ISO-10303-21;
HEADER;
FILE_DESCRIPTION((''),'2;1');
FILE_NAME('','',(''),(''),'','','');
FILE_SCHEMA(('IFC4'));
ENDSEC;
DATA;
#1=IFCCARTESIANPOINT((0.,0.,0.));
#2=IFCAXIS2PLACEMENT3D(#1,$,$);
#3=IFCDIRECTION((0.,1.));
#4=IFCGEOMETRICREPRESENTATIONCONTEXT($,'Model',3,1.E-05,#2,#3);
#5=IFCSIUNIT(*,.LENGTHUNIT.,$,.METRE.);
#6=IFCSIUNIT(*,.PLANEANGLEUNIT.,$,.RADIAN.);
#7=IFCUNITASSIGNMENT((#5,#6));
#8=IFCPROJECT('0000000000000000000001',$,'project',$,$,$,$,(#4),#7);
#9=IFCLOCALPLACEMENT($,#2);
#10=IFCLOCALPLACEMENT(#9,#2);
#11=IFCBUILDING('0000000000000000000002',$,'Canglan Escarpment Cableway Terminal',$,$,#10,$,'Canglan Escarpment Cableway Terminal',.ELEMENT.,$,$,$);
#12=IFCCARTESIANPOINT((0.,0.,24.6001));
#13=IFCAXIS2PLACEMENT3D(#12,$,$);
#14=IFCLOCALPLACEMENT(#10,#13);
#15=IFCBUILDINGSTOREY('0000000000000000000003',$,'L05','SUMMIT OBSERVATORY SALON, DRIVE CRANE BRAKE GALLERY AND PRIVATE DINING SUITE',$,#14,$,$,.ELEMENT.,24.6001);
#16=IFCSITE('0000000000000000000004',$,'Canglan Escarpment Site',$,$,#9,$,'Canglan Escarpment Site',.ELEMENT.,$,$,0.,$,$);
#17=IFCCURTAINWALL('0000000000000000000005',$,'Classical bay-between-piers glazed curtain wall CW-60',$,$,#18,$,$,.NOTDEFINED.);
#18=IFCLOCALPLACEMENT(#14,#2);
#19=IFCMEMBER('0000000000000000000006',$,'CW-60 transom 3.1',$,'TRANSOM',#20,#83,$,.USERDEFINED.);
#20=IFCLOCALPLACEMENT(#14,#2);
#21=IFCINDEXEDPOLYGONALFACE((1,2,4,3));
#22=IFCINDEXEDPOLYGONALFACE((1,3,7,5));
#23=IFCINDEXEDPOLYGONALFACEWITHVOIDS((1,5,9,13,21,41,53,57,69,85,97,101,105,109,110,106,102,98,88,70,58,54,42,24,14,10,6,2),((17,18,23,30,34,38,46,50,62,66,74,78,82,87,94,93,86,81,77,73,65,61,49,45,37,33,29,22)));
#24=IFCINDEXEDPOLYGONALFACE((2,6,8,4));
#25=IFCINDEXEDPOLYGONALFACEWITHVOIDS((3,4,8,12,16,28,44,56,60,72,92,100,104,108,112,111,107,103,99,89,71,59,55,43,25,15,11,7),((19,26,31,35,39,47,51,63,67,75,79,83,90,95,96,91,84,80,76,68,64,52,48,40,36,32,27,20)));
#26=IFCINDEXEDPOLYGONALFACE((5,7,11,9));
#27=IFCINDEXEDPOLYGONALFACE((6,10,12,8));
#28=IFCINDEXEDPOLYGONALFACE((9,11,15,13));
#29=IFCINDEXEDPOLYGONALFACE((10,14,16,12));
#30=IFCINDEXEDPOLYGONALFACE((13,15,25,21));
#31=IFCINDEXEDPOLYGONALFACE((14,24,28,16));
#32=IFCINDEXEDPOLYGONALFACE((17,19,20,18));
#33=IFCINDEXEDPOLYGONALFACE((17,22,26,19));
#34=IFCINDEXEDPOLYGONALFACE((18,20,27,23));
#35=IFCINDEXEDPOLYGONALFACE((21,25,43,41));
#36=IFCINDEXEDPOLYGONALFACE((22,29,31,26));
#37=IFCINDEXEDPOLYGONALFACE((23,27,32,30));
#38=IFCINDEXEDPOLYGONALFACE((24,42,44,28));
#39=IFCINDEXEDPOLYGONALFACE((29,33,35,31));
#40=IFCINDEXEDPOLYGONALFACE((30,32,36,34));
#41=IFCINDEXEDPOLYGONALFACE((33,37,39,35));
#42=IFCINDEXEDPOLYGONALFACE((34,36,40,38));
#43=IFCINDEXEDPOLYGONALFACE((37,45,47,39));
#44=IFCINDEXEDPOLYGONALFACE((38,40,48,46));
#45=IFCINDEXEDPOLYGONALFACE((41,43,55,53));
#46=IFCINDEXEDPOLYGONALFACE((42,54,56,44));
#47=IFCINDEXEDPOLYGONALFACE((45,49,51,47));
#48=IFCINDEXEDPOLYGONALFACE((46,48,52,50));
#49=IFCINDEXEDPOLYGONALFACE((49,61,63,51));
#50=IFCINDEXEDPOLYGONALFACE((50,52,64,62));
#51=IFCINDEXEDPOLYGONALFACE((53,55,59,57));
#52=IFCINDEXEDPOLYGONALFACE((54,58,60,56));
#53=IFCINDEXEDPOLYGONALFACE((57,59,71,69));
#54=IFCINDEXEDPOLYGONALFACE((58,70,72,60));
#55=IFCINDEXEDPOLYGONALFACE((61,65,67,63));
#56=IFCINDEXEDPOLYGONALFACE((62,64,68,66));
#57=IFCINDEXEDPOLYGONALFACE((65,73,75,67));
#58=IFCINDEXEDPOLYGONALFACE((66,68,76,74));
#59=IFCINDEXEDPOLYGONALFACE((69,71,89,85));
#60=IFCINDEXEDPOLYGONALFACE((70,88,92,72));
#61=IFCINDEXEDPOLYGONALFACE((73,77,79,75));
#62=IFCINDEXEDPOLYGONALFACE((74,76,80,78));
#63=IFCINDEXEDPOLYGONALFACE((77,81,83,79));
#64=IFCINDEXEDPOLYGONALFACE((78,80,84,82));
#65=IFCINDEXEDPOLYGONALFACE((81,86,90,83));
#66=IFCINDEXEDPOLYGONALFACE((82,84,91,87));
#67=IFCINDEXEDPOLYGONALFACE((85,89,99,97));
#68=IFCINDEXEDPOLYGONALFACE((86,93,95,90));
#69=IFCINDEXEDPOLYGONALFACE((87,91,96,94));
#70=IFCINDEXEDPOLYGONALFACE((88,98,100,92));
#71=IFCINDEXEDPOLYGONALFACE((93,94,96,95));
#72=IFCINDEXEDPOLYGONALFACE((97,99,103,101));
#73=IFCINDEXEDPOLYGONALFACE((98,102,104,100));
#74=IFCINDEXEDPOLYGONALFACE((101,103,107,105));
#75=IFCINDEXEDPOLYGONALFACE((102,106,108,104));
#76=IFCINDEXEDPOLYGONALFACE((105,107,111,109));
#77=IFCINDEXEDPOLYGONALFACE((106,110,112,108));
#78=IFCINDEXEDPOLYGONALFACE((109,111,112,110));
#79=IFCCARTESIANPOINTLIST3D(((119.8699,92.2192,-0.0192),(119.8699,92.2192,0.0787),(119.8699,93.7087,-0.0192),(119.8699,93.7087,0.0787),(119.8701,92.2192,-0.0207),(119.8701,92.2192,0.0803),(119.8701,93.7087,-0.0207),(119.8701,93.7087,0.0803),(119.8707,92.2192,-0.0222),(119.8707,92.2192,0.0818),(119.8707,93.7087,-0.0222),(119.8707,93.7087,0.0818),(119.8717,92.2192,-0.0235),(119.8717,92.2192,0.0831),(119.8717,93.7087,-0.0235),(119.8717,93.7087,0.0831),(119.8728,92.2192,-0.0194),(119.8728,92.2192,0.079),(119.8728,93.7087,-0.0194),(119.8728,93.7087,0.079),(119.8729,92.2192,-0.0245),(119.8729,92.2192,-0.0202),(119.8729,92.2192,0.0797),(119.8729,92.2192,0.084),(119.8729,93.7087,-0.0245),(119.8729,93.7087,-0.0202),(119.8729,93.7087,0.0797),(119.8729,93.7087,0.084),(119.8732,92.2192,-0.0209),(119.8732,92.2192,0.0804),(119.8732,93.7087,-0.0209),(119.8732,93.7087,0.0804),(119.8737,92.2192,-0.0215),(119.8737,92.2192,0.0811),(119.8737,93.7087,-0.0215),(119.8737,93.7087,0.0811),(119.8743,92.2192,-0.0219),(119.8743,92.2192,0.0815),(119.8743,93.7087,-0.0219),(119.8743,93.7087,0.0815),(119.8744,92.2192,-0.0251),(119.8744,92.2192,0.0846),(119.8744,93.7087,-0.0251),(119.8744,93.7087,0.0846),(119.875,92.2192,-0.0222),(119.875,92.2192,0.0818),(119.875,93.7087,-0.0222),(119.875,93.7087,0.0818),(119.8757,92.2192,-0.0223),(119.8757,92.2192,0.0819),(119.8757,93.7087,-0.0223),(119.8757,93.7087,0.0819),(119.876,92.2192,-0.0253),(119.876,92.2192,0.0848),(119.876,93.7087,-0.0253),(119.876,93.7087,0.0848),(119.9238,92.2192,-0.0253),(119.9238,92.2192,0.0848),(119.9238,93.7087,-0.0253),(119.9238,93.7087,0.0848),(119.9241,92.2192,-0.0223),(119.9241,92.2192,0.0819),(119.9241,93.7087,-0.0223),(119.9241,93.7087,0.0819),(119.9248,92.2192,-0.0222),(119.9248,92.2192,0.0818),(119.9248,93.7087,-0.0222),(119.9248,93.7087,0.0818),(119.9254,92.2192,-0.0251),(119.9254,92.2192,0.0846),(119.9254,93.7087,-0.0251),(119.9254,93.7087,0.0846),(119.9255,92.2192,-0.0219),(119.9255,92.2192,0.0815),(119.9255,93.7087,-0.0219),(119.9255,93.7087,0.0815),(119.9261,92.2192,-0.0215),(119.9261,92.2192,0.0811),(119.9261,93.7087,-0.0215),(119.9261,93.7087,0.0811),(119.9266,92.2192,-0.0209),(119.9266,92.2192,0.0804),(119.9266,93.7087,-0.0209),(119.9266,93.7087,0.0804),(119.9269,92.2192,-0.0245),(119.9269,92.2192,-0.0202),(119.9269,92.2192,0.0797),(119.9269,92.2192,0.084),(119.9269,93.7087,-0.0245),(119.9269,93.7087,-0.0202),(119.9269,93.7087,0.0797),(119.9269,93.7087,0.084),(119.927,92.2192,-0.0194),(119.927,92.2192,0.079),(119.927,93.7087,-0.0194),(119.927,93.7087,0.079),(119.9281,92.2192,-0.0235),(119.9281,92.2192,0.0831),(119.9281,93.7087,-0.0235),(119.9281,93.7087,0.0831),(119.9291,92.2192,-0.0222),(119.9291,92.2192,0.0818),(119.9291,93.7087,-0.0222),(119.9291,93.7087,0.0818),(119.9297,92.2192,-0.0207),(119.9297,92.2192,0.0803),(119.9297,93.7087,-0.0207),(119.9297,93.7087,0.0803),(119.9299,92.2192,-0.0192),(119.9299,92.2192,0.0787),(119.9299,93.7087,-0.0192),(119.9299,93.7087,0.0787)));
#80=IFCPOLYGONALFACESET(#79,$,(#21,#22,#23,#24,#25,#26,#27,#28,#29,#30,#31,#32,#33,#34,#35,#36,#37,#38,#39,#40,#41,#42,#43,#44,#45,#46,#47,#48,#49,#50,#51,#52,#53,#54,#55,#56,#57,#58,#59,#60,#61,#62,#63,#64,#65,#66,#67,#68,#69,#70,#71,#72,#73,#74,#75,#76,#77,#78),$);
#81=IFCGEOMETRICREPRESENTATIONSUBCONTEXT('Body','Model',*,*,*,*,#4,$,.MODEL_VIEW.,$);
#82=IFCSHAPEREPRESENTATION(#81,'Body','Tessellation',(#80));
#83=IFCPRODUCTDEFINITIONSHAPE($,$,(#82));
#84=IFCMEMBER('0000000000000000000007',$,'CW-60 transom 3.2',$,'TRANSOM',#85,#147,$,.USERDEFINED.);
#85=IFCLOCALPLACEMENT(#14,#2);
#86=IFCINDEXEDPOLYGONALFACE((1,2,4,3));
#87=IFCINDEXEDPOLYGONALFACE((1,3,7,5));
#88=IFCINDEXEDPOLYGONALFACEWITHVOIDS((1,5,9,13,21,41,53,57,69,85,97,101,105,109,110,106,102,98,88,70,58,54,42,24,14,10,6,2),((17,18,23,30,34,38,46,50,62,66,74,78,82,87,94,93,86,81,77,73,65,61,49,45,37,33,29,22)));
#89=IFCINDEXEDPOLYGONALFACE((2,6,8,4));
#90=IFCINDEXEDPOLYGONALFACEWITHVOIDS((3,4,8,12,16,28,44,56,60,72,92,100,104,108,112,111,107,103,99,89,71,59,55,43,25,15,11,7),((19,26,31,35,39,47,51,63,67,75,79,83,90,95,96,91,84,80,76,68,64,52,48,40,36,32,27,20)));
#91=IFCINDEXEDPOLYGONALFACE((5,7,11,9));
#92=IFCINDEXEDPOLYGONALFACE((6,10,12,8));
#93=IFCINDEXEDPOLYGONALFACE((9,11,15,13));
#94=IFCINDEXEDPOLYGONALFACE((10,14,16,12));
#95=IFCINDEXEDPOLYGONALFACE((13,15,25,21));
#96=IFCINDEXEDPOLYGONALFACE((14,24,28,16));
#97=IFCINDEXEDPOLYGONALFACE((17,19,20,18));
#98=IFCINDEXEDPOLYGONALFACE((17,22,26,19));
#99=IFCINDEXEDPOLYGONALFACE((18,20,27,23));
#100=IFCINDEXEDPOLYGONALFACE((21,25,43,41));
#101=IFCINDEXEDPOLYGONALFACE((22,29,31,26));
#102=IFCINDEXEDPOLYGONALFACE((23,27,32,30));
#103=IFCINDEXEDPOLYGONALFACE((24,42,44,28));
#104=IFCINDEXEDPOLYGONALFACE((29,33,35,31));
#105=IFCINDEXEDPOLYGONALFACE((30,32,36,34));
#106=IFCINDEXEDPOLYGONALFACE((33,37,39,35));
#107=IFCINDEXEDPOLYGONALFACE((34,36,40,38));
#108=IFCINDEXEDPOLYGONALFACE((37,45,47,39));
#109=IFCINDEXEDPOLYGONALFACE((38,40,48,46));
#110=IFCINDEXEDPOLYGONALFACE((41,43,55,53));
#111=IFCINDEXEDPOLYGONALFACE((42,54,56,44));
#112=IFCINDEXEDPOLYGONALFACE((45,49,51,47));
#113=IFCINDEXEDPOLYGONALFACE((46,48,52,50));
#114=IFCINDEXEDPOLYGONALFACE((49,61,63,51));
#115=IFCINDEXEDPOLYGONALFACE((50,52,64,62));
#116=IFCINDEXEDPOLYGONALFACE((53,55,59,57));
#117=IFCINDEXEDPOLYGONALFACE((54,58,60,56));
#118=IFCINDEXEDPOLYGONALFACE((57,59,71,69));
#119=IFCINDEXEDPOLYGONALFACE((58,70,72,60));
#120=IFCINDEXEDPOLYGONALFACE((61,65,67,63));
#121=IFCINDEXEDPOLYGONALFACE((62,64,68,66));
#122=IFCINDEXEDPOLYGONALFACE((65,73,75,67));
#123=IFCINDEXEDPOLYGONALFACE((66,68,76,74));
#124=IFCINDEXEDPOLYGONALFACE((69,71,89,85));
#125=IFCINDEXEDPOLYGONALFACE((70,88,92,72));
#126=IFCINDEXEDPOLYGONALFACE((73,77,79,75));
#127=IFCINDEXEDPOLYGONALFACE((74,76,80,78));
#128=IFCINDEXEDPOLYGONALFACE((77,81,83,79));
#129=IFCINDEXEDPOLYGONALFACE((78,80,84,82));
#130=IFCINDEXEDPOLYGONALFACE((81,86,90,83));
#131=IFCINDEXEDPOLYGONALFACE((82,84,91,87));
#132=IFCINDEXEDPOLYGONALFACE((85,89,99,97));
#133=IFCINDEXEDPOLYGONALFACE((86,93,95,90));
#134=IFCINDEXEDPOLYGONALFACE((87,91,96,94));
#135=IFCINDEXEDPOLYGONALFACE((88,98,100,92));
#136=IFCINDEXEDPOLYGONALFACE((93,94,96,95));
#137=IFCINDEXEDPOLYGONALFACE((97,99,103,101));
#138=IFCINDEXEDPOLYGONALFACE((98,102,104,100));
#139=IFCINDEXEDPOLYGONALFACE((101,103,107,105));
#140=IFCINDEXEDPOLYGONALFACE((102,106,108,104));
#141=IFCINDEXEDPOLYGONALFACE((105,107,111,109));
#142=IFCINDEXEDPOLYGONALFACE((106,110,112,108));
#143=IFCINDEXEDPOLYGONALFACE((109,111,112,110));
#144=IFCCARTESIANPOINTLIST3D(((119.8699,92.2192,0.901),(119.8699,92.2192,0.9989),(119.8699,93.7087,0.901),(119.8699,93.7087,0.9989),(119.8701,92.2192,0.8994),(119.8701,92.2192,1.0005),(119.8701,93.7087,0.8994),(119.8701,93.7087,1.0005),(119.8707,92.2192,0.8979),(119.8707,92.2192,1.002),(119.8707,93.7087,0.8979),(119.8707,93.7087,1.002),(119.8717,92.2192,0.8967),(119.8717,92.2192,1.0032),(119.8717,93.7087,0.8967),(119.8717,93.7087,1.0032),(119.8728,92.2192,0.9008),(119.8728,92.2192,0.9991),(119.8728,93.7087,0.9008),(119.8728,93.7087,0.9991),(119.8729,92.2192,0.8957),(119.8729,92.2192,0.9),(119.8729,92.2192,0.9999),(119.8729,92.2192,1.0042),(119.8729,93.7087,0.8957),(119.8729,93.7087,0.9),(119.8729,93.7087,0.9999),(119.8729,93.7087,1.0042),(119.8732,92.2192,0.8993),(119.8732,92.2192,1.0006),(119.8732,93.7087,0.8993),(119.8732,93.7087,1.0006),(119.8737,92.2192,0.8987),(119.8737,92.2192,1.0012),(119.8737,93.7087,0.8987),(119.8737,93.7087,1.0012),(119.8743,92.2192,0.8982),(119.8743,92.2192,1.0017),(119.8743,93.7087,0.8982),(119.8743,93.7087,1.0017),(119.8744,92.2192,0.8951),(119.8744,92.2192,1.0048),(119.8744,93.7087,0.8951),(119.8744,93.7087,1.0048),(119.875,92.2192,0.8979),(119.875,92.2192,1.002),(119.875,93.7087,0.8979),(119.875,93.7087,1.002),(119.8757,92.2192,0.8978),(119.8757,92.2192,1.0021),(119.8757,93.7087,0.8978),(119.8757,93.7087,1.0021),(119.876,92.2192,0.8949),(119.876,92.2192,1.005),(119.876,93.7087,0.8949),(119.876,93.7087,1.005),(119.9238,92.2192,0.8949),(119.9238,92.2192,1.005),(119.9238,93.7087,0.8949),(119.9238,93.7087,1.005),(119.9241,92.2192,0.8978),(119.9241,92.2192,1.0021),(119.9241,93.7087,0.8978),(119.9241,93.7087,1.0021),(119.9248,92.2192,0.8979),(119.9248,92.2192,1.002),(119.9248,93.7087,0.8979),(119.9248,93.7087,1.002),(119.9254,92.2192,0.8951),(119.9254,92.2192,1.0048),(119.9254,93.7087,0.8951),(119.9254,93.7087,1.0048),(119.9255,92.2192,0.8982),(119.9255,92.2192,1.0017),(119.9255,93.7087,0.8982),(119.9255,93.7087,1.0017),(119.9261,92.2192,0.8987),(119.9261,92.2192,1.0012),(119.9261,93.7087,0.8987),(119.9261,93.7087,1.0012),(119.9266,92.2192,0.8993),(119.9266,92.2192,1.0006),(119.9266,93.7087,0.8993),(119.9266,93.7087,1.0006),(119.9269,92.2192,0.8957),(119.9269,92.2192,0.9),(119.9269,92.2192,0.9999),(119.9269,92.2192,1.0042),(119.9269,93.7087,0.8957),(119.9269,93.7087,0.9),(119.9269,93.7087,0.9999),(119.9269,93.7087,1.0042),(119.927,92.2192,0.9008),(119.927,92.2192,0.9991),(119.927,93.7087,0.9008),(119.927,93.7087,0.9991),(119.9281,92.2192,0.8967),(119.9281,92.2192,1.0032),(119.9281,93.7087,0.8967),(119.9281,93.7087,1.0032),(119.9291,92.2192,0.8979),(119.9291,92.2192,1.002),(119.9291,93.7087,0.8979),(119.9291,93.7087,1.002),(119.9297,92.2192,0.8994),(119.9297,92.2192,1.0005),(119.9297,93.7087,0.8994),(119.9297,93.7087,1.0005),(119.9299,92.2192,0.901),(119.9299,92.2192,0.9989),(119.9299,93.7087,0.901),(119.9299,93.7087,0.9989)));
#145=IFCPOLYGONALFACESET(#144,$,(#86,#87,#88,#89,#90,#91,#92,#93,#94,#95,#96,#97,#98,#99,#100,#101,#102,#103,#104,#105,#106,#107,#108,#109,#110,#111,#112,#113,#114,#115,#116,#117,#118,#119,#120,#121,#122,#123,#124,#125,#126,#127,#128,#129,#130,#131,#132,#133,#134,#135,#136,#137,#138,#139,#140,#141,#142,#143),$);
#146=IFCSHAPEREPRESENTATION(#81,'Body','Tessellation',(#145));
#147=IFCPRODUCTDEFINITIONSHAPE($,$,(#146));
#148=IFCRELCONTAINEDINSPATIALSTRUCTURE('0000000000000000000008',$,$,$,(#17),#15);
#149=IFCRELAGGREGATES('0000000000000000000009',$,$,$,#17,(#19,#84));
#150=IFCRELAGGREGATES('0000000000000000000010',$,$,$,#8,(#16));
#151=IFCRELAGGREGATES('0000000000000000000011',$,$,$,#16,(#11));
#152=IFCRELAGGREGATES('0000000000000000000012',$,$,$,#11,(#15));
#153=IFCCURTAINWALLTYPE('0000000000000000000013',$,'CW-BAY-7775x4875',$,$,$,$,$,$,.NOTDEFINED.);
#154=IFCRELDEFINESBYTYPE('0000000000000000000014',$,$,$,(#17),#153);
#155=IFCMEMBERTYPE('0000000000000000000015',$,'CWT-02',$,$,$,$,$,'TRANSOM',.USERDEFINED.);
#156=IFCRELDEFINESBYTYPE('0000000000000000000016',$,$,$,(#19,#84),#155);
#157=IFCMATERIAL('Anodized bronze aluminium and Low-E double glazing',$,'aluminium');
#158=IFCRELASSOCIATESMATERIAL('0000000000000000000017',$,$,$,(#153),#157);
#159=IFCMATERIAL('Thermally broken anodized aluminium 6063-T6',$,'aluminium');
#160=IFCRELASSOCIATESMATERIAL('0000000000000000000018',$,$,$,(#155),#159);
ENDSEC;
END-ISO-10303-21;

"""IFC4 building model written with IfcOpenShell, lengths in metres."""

from ifc_helpers import new_model, si_unit, direction, frame, origin, origin_2d, place, context, subcontext, project, spatial, hollow_rectangle, extrude, material, material_profile, profile_set, type_object, element, aggregate, save


model = new_model("IFC4")

# Units and contexts
model_context = context("Model", 3, precision=1e-05, world=origin(), true_north=direction((0.0, 1.0)))
body_context = subcontext(model_context, "Body", "Model", "MODEL_VIEW")
ifc_project = project(units=[si_unit("LENGTHUNIT", "METRE"), si_unit("PLANEANGLEUNIT", "RADIAN")], contexts=[model_context])

# Site, building, storey
site_placement = place(None, origin())
site = spatial("IfcSite", under=ifc_project, at=site_placement, Name="Canglan Escarpment Site", LongName="Canglan Escarpment Site", CompositionType="ELEMENT", RefElevation=0.0)
building_placement = place(site_placement, origin())
building = spatial("IfcBuilding", under=site, at=building_placement, Name="Canglan Escarpment Cableway Terminal", LongName="Canglan Escarpment Cableway Terminal", CompositionType="ELEMENT")
storey_placement = place(building_placement, frame((0.0, 0.0, 24.6001)))
storey = spatial("IfcBuildingStorey", under=building, at=storey_placement, Name="L05", Description="SUMMIT OBSERVATORY SALON, DRIVE CRANE BRAKE GALLERY AND PRIVATE DINING SUITE", CompositionType="ELEMENT", Elevation=24.6001)

# Shared definitions
ifc_material_1 = material(Name="Anodized bronze aluminium and Low-E double glazing", Category="aluminium")
ifc_material_2 = material(Name="Thermally broken anodized aluminium 6063-T6", Category="aluminium")

# Curtain wall, members
curtain_wall_type_1 = type_object("IfcCurtainWallType", Name="CW-BAY-7775x4875", PredefinedType="NOTDEFINED", material=ifc_material_1)
curtain_wall_1_placement = place(storey_placement, origin())
curtain_wall_1 = element("IfcCurtainWall", 1, at=curtain_wall_1_placement, inside=storey, type_object=curtain_wall_type_1, Name="Classical bay-between-piers glazed curtain wall CW-60", PredefinedType="NOTDEFINED")
ifc_material_profile_1 = material_profile(ifc_material_2, hollow_rectangle(XDim=0.0601, YDim=0.1101, WallThickness=0.0029, InnerFilletRadius=0.0029, OuterFilletRadius=0.0061, at=origin_2d()), Name="ALU-TRAN 60x110x3")
ifc_profile_set_1 = profile_set([ifc_material_profile_1], Name="Thermally broken anodized aluminium 6063-T6")
member_type_1 = type_object("IfcMemberType", Name="CWT-02", ElementType="TRANSOM", PredefinedType="USERDEFINED", material=ifc_profile_set_1)
member_1_placement = place(storey_placement, frame((119.8999, 93.7087, 0.0298), z_axis=(0.0, -1.0, 0.0), x_axis=(1.0, 0.0, 0.0)))
member_1 = element("IfcMember", 2, at=member_1_placement, type_object=member_type_1, Name="CW-60 transom 3.1", ObjectType="TRANSOM", PredefinedType="USERDEFINED", context=body_context, shape_type="SweptSolid", body=[
    extrude(hollow_rectangle(XDim=0.0601, YDim=0.1101, WallThickness=0.0029, InnerFilletRadius=0.0029, OuterFilletRadius=0.0061, at=origin_2d()), origin(), (0.0, 0.0, 1.0), 1.4895),
])
member_2_placement = place(storey_placement, frame((119.8999, 93.7087, 0.95), z_axis=(0.0, -1.0, 0.0), x_axis=(1.0, 0.0, 0.0)))
member_2 = element("IfcMember", 3, at=member_2_placement, type_object=member_type_1, Name="CW-60 transom 3.2", ObjectType="TRANSOM", PredefinedType="USERDEFINED", context=body_context, shape_type="SweptSolid", body=[
    extrude(hollow_rectangle(XDim=0.0601, YDim=0.1101, WallThickness=0.0029, InnerFilletRadius=0.0029, OuterFilletRadius=0.0061, at=origin_2d()), origin(), (0.0, 0.0, 1.0), 1.4895),
])
aggregate(curtain_wall_1, [member_1, member_2])

save(model, "model.ifc")
